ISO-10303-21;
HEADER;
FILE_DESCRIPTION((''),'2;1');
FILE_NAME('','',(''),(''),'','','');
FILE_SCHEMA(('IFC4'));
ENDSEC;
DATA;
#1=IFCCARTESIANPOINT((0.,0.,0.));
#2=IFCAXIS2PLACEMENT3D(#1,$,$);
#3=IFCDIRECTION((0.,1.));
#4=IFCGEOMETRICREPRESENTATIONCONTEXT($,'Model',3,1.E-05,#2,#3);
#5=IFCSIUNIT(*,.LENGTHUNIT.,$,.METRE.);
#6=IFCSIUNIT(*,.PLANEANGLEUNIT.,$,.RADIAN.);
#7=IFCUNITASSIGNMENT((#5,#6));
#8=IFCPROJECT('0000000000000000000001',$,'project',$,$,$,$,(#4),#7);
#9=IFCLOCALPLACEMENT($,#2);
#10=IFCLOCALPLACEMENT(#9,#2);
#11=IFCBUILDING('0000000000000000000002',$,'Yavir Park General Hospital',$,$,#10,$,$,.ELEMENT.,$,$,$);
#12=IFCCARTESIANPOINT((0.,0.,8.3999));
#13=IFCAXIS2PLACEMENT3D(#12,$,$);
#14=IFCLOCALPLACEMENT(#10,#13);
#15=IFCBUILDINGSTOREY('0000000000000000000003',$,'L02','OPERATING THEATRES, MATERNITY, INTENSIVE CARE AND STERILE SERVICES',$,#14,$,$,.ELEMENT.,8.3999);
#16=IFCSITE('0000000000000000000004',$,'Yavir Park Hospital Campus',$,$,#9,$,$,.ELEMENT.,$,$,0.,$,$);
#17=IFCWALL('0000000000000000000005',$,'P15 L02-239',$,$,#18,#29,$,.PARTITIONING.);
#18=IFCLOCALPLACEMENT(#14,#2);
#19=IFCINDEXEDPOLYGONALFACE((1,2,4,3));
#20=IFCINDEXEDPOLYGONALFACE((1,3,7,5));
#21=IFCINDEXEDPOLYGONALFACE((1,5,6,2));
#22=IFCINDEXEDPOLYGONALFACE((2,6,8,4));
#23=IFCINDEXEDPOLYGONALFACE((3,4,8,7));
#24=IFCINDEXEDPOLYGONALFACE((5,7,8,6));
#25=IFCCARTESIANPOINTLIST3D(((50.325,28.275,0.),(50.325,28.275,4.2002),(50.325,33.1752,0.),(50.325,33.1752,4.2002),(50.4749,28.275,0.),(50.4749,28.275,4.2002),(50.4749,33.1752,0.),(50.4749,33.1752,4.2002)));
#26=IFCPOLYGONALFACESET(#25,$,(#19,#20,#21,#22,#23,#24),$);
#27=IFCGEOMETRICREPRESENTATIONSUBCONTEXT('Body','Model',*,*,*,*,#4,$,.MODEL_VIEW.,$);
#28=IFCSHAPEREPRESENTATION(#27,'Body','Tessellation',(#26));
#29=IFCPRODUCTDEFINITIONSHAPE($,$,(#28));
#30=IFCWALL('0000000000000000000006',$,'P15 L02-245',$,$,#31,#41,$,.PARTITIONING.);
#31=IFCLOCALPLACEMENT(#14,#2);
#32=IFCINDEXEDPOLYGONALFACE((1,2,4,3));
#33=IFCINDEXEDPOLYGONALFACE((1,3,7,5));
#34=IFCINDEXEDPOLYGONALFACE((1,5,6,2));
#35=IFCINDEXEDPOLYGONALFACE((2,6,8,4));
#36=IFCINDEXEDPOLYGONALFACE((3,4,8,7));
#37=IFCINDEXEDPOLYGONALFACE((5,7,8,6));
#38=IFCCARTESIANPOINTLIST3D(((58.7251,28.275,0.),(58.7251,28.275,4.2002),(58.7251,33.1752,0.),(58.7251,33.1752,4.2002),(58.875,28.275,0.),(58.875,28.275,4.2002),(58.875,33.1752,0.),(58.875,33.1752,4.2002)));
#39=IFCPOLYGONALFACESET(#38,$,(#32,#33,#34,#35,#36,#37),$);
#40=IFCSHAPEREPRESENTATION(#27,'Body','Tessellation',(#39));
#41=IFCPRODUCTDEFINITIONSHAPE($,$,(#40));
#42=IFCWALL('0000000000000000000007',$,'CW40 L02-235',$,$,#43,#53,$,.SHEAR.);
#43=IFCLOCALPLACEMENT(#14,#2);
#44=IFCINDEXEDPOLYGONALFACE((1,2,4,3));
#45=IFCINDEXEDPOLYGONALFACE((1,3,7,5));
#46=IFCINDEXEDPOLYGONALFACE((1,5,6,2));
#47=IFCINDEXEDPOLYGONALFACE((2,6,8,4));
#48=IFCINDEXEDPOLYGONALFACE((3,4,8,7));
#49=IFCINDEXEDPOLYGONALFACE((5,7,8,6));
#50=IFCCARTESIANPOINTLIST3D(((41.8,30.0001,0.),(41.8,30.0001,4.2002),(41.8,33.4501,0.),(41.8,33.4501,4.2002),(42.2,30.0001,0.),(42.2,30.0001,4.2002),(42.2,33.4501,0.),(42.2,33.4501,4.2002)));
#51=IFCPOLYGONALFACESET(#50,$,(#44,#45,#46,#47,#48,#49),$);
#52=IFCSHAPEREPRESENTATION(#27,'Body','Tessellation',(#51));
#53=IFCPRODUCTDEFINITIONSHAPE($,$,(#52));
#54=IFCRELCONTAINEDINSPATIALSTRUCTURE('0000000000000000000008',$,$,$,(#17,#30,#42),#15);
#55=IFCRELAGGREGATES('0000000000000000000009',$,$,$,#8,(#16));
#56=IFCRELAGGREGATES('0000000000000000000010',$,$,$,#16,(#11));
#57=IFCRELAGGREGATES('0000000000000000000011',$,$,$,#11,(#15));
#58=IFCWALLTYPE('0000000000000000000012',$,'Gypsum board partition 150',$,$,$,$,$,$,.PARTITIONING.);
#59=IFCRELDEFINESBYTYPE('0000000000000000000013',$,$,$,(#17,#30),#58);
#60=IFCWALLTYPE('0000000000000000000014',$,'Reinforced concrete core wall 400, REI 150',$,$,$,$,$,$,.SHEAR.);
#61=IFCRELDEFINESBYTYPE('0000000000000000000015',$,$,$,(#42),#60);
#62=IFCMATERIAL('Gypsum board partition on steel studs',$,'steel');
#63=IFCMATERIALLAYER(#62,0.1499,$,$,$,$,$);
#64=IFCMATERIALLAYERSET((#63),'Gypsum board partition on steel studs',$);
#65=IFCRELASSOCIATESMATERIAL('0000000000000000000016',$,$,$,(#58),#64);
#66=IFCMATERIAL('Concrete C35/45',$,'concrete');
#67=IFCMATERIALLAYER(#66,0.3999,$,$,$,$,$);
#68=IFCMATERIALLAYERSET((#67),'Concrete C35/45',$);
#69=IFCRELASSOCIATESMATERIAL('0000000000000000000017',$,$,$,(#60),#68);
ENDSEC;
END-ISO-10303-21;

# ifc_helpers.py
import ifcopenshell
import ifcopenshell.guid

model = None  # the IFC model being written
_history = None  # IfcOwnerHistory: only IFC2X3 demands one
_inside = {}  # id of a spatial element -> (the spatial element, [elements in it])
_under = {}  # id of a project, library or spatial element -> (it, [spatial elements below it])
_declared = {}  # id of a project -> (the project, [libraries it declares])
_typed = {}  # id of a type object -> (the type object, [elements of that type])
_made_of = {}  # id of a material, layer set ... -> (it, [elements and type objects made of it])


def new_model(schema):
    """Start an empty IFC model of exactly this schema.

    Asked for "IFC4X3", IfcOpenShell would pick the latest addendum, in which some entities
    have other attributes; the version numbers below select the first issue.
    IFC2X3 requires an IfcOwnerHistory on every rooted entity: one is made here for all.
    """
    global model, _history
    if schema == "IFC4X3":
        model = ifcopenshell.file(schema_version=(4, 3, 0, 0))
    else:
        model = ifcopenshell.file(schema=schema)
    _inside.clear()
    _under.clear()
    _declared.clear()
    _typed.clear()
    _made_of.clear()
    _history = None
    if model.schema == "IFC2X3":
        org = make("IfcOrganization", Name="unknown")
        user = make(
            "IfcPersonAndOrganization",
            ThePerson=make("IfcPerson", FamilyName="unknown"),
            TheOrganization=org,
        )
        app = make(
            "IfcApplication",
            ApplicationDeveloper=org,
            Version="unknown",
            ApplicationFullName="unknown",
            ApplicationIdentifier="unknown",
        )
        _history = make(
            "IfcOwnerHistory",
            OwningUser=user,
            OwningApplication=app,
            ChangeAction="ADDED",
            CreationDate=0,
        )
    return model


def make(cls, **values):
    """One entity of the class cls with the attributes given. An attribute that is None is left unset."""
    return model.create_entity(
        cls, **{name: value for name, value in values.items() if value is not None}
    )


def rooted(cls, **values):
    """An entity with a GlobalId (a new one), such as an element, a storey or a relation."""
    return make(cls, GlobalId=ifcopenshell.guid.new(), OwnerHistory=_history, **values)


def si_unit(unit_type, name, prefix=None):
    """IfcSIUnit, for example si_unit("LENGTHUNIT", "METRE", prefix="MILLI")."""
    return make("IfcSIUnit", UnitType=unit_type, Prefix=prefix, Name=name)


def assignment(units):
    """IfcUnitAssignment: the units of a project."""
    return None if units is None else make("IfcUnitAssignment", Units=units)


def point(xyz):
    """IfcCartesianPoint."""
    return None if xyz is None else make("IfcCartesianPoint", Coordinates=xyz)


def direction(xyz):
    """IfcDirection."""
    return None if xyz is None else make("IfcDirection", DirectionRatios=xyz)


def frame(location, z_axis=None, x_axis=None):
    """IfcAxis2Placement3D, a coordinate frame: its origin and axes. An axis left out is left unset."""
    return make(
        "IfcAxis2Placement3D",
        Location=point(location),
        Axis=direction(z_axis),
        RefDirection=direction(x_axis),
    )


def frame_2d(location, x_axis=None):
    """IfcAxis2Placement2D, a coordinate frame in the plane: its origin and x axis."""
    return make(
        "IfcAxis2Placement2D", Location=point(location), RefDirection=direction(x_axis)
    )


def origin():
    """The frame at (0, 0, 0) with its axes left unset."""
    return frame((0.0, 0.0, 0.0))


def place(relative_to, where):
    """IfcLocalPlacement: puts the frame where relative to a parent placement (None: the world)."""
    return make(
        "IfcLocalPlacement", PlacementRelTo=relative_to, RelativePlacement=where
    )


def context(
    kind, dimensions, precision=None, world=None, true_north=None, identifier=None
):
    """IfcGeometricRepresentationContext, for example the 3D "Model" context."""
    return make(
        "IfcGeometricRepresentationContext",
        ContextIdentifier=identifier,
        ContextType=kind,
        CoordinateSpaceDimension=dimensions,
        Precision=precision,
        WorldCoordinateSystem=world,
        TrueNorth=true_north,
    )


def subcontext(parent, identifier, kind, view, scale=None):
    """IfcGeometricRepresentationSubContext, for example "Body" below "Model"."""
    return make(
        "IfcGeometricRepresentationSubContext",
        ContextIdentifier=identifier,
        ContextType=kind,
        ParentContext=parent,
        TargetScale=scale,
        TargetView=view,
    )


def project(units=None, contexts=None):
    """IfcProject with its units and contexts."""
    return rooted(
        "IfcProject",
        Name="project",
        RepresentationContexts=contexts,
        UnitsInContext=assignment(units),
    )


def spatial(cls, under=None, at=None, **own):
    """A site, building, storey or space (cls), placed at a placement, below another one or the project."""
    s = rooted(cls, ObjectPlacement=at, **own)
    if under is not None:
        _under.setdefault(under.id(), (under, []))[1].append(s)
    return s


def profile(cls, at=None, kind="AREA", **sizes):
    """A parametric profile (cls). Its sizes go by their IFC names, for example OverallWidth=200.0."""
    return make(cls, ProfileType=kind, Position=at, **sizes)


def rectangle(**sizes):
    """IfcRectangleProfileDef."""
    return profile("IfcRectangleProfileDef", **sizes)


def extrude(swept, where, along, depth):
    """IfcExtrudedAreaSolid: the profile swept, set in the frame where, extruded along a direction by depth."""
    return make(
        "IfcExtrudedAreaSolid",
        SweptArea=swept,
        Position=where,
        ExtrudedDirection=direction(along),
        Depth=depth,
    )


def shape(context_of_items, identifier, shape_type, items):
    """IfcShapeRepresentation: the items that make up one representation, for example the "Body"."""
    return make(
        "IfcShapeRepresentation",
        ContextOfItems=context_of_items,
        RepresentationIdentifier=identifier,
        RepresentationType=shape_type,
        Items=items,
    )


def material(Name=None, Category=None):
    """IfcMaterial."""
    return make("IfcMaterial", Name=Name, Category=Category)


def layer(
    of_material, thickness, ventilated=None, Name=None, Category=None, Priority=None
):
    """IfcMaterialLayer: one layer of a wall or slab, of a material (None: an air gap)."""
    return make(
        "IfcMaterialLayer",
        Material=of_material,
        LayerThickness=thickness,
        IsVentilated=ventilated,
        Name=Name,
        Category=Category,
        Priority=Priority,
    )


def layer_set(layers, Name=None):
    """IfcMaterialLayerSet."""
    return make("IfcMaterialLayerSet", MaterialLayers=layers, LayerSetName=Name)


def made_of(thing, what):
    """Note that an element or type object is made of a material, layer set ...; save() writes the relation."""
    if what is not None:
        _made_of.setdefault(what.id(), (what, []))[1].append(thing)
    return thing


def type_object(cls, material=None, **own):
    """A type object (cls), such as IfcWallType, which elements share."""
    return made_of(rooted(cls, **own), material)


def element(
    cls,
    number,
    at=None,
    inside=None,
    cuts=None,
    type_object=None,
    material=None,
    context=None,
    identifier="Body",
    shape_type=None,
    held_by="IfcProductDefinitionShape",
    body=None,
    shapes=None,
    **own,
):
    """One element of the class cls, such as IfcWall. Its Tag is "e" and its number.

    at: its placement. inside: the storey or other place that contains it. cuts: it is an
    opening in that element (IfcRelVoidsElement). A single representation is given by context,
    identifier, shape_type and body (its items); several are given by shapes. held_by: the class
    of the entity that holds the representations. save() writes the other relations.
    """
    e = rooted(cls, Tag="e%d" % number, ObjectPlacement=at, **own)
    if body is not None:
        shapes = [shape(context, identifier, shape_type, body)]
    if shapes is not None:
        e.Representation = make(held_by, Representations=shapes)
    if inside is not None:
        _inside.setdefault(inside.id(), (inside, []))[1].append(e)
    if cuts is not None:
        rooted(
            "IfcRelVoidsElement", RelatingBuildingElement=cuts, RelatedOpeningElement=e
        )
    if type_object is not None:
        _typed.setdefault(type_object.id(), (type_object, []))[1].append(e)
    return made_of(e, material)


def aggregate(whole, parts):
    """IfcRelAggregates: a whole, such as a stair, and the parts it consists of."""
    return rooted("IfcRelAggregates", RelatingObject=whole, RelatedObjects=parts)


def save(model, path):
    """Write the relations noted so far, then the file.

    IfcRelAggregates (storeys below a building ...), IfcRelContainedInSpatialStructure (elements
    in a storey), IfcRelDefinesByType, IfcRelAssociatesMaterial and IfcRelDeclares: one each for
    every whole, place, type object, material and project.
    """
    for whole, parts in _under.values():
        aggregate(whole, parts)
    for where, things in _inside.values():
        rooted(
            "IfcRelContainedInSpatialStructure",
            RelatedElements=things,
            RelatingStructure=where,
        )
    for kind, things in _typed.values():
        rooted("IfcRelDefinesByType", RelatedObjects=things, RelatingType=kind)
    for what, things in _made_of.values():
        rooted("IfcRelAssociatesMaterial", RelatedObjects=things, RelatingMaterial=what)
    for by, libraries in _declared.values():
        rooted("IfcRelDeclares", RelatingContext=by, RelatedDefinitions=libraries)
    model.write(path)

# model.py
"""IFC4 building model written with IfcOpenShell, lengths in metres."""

from ifc_helpers import new_model, si_unit, direction, frame, frame_2d, origin, place, context, subcontext, project, spatial, rectangle, extrude, material, layer, layer_set, type_object, element, save


model = new_model("IFC4")

# Units and contexts
model_context = context("Model", 3, precision=1e-05, world=origin(), true_north=direction((0.0, 1.0)))
body_context = subcontext(model_context, "Body", "Model", "MODEL_VIEW")
ifc_project = project(units=[si_unit("LENGTHUNIT", "METRE"), si_unit("PLANEANGLEUNIT", "RADIAN")], contexts=[model_context])

# Site, building, storey
site_placement = place(None, origin())
site = spatial("IfcSite", under=ifc_project, at=site_placement, Name="Yavir Park Hospital Campus", CompositionType="ELEMENT", RefElevation=0.0)
building_placement = place(site_placement, origin())
building = spatial("IfcBuilding", under=site, at=building_placement, Name="Yavir Park General Hospital", CompositionType="ELEMENT")
storey_placement = place(building_placement, frame((0.0, 0.0, 8.3999)))
storey = spatial("IfcBuildingStorey", under=building, at=storey_placement, Name="L02", Description="OPERATING THEATRES, MATERNITY, INTENSIVE CARE AND STERILE SERVICES", CompositionType="ELEMENT", Elevation=8.3999)

# Shared definitions
ifc_material_1 = material(Name="Gypsum board partition on steel studs", Category="steel")
ifc_layer_1 = layer(ifc_material_1, 0.1499)
ifc_layer_set_1 = layer_set([ifc_layer_1], Name="Gypsum board partition on steel studs")
wall_type_1 = type_object("IfcWallType", Name="Gypsum board partition 150", PredefinedType="PARTITIONING", material=ifc_layer_set_1)

# Walls
for number, where, z_axis, x_axis, name in (
    (1, (50.3999, 28.2749, 0.0), (0.0, 0.0, 1.0), (0.0, 1.0, 0.0), "P15 L02-239"),
    (2, (58.8, 28.2749, 0.0), (0.0, 0.0, 1.0), (0.0, 1.0, 0.0), "P15 L02-245"),
):
    element("IfcWall", number, at=place(storey_placement, frame(where, z_axis=z_axis, x_axis=x_axis)), inside=storey, type_object=wall_type_1, Name=name, PredefinedType="PARTITIONING", context=body_context, shape_type="SweptSolid", body=[
        extrude(rectangle(XDim=4.9001, YDim=0.1499, at=frame_2d((2.4502, 0.0))), origin(), (0.0, 0.0, 1.0), 4.2002),
    ])
ifc_material_2 = material(Name="Concrete C35/45", Category="concrete")
ifc_layer_2 = layer(ifc_material_2, 0.3999)
ifc_layer_set_2 = layer_set([ifc_layer_2], Name="Concrete C35/45")
wall_type_2 = type_object("IfcWallType", Name="Reinforced concrete core wall 400, REI 150", PredefinedType="SHEAR", material=ifc_layer_set_2)
wall_1_placement = place(storey_placement, frame((42.0, 30.0, 0.0), z_axis=(0.0, 0.0, 1.0), x_axis=(0.0, 1.0, 0.0)))
element("IfcWall", 3, at=wall_1_placement, inside=storey, type_object=wall_type_2, Name="CW40 L02-235", PredefinedType="SHEAR", context=body_context, shape_type="SweptSolid", body=[
    extrude(rectangle(XDim=3.45, YDim=0.3999, at=frame_2d((1.7251, 0.0))), origin(), (0.0, 0.0, 1.0), 4.2002),
])

save(model, "model.ifc")
